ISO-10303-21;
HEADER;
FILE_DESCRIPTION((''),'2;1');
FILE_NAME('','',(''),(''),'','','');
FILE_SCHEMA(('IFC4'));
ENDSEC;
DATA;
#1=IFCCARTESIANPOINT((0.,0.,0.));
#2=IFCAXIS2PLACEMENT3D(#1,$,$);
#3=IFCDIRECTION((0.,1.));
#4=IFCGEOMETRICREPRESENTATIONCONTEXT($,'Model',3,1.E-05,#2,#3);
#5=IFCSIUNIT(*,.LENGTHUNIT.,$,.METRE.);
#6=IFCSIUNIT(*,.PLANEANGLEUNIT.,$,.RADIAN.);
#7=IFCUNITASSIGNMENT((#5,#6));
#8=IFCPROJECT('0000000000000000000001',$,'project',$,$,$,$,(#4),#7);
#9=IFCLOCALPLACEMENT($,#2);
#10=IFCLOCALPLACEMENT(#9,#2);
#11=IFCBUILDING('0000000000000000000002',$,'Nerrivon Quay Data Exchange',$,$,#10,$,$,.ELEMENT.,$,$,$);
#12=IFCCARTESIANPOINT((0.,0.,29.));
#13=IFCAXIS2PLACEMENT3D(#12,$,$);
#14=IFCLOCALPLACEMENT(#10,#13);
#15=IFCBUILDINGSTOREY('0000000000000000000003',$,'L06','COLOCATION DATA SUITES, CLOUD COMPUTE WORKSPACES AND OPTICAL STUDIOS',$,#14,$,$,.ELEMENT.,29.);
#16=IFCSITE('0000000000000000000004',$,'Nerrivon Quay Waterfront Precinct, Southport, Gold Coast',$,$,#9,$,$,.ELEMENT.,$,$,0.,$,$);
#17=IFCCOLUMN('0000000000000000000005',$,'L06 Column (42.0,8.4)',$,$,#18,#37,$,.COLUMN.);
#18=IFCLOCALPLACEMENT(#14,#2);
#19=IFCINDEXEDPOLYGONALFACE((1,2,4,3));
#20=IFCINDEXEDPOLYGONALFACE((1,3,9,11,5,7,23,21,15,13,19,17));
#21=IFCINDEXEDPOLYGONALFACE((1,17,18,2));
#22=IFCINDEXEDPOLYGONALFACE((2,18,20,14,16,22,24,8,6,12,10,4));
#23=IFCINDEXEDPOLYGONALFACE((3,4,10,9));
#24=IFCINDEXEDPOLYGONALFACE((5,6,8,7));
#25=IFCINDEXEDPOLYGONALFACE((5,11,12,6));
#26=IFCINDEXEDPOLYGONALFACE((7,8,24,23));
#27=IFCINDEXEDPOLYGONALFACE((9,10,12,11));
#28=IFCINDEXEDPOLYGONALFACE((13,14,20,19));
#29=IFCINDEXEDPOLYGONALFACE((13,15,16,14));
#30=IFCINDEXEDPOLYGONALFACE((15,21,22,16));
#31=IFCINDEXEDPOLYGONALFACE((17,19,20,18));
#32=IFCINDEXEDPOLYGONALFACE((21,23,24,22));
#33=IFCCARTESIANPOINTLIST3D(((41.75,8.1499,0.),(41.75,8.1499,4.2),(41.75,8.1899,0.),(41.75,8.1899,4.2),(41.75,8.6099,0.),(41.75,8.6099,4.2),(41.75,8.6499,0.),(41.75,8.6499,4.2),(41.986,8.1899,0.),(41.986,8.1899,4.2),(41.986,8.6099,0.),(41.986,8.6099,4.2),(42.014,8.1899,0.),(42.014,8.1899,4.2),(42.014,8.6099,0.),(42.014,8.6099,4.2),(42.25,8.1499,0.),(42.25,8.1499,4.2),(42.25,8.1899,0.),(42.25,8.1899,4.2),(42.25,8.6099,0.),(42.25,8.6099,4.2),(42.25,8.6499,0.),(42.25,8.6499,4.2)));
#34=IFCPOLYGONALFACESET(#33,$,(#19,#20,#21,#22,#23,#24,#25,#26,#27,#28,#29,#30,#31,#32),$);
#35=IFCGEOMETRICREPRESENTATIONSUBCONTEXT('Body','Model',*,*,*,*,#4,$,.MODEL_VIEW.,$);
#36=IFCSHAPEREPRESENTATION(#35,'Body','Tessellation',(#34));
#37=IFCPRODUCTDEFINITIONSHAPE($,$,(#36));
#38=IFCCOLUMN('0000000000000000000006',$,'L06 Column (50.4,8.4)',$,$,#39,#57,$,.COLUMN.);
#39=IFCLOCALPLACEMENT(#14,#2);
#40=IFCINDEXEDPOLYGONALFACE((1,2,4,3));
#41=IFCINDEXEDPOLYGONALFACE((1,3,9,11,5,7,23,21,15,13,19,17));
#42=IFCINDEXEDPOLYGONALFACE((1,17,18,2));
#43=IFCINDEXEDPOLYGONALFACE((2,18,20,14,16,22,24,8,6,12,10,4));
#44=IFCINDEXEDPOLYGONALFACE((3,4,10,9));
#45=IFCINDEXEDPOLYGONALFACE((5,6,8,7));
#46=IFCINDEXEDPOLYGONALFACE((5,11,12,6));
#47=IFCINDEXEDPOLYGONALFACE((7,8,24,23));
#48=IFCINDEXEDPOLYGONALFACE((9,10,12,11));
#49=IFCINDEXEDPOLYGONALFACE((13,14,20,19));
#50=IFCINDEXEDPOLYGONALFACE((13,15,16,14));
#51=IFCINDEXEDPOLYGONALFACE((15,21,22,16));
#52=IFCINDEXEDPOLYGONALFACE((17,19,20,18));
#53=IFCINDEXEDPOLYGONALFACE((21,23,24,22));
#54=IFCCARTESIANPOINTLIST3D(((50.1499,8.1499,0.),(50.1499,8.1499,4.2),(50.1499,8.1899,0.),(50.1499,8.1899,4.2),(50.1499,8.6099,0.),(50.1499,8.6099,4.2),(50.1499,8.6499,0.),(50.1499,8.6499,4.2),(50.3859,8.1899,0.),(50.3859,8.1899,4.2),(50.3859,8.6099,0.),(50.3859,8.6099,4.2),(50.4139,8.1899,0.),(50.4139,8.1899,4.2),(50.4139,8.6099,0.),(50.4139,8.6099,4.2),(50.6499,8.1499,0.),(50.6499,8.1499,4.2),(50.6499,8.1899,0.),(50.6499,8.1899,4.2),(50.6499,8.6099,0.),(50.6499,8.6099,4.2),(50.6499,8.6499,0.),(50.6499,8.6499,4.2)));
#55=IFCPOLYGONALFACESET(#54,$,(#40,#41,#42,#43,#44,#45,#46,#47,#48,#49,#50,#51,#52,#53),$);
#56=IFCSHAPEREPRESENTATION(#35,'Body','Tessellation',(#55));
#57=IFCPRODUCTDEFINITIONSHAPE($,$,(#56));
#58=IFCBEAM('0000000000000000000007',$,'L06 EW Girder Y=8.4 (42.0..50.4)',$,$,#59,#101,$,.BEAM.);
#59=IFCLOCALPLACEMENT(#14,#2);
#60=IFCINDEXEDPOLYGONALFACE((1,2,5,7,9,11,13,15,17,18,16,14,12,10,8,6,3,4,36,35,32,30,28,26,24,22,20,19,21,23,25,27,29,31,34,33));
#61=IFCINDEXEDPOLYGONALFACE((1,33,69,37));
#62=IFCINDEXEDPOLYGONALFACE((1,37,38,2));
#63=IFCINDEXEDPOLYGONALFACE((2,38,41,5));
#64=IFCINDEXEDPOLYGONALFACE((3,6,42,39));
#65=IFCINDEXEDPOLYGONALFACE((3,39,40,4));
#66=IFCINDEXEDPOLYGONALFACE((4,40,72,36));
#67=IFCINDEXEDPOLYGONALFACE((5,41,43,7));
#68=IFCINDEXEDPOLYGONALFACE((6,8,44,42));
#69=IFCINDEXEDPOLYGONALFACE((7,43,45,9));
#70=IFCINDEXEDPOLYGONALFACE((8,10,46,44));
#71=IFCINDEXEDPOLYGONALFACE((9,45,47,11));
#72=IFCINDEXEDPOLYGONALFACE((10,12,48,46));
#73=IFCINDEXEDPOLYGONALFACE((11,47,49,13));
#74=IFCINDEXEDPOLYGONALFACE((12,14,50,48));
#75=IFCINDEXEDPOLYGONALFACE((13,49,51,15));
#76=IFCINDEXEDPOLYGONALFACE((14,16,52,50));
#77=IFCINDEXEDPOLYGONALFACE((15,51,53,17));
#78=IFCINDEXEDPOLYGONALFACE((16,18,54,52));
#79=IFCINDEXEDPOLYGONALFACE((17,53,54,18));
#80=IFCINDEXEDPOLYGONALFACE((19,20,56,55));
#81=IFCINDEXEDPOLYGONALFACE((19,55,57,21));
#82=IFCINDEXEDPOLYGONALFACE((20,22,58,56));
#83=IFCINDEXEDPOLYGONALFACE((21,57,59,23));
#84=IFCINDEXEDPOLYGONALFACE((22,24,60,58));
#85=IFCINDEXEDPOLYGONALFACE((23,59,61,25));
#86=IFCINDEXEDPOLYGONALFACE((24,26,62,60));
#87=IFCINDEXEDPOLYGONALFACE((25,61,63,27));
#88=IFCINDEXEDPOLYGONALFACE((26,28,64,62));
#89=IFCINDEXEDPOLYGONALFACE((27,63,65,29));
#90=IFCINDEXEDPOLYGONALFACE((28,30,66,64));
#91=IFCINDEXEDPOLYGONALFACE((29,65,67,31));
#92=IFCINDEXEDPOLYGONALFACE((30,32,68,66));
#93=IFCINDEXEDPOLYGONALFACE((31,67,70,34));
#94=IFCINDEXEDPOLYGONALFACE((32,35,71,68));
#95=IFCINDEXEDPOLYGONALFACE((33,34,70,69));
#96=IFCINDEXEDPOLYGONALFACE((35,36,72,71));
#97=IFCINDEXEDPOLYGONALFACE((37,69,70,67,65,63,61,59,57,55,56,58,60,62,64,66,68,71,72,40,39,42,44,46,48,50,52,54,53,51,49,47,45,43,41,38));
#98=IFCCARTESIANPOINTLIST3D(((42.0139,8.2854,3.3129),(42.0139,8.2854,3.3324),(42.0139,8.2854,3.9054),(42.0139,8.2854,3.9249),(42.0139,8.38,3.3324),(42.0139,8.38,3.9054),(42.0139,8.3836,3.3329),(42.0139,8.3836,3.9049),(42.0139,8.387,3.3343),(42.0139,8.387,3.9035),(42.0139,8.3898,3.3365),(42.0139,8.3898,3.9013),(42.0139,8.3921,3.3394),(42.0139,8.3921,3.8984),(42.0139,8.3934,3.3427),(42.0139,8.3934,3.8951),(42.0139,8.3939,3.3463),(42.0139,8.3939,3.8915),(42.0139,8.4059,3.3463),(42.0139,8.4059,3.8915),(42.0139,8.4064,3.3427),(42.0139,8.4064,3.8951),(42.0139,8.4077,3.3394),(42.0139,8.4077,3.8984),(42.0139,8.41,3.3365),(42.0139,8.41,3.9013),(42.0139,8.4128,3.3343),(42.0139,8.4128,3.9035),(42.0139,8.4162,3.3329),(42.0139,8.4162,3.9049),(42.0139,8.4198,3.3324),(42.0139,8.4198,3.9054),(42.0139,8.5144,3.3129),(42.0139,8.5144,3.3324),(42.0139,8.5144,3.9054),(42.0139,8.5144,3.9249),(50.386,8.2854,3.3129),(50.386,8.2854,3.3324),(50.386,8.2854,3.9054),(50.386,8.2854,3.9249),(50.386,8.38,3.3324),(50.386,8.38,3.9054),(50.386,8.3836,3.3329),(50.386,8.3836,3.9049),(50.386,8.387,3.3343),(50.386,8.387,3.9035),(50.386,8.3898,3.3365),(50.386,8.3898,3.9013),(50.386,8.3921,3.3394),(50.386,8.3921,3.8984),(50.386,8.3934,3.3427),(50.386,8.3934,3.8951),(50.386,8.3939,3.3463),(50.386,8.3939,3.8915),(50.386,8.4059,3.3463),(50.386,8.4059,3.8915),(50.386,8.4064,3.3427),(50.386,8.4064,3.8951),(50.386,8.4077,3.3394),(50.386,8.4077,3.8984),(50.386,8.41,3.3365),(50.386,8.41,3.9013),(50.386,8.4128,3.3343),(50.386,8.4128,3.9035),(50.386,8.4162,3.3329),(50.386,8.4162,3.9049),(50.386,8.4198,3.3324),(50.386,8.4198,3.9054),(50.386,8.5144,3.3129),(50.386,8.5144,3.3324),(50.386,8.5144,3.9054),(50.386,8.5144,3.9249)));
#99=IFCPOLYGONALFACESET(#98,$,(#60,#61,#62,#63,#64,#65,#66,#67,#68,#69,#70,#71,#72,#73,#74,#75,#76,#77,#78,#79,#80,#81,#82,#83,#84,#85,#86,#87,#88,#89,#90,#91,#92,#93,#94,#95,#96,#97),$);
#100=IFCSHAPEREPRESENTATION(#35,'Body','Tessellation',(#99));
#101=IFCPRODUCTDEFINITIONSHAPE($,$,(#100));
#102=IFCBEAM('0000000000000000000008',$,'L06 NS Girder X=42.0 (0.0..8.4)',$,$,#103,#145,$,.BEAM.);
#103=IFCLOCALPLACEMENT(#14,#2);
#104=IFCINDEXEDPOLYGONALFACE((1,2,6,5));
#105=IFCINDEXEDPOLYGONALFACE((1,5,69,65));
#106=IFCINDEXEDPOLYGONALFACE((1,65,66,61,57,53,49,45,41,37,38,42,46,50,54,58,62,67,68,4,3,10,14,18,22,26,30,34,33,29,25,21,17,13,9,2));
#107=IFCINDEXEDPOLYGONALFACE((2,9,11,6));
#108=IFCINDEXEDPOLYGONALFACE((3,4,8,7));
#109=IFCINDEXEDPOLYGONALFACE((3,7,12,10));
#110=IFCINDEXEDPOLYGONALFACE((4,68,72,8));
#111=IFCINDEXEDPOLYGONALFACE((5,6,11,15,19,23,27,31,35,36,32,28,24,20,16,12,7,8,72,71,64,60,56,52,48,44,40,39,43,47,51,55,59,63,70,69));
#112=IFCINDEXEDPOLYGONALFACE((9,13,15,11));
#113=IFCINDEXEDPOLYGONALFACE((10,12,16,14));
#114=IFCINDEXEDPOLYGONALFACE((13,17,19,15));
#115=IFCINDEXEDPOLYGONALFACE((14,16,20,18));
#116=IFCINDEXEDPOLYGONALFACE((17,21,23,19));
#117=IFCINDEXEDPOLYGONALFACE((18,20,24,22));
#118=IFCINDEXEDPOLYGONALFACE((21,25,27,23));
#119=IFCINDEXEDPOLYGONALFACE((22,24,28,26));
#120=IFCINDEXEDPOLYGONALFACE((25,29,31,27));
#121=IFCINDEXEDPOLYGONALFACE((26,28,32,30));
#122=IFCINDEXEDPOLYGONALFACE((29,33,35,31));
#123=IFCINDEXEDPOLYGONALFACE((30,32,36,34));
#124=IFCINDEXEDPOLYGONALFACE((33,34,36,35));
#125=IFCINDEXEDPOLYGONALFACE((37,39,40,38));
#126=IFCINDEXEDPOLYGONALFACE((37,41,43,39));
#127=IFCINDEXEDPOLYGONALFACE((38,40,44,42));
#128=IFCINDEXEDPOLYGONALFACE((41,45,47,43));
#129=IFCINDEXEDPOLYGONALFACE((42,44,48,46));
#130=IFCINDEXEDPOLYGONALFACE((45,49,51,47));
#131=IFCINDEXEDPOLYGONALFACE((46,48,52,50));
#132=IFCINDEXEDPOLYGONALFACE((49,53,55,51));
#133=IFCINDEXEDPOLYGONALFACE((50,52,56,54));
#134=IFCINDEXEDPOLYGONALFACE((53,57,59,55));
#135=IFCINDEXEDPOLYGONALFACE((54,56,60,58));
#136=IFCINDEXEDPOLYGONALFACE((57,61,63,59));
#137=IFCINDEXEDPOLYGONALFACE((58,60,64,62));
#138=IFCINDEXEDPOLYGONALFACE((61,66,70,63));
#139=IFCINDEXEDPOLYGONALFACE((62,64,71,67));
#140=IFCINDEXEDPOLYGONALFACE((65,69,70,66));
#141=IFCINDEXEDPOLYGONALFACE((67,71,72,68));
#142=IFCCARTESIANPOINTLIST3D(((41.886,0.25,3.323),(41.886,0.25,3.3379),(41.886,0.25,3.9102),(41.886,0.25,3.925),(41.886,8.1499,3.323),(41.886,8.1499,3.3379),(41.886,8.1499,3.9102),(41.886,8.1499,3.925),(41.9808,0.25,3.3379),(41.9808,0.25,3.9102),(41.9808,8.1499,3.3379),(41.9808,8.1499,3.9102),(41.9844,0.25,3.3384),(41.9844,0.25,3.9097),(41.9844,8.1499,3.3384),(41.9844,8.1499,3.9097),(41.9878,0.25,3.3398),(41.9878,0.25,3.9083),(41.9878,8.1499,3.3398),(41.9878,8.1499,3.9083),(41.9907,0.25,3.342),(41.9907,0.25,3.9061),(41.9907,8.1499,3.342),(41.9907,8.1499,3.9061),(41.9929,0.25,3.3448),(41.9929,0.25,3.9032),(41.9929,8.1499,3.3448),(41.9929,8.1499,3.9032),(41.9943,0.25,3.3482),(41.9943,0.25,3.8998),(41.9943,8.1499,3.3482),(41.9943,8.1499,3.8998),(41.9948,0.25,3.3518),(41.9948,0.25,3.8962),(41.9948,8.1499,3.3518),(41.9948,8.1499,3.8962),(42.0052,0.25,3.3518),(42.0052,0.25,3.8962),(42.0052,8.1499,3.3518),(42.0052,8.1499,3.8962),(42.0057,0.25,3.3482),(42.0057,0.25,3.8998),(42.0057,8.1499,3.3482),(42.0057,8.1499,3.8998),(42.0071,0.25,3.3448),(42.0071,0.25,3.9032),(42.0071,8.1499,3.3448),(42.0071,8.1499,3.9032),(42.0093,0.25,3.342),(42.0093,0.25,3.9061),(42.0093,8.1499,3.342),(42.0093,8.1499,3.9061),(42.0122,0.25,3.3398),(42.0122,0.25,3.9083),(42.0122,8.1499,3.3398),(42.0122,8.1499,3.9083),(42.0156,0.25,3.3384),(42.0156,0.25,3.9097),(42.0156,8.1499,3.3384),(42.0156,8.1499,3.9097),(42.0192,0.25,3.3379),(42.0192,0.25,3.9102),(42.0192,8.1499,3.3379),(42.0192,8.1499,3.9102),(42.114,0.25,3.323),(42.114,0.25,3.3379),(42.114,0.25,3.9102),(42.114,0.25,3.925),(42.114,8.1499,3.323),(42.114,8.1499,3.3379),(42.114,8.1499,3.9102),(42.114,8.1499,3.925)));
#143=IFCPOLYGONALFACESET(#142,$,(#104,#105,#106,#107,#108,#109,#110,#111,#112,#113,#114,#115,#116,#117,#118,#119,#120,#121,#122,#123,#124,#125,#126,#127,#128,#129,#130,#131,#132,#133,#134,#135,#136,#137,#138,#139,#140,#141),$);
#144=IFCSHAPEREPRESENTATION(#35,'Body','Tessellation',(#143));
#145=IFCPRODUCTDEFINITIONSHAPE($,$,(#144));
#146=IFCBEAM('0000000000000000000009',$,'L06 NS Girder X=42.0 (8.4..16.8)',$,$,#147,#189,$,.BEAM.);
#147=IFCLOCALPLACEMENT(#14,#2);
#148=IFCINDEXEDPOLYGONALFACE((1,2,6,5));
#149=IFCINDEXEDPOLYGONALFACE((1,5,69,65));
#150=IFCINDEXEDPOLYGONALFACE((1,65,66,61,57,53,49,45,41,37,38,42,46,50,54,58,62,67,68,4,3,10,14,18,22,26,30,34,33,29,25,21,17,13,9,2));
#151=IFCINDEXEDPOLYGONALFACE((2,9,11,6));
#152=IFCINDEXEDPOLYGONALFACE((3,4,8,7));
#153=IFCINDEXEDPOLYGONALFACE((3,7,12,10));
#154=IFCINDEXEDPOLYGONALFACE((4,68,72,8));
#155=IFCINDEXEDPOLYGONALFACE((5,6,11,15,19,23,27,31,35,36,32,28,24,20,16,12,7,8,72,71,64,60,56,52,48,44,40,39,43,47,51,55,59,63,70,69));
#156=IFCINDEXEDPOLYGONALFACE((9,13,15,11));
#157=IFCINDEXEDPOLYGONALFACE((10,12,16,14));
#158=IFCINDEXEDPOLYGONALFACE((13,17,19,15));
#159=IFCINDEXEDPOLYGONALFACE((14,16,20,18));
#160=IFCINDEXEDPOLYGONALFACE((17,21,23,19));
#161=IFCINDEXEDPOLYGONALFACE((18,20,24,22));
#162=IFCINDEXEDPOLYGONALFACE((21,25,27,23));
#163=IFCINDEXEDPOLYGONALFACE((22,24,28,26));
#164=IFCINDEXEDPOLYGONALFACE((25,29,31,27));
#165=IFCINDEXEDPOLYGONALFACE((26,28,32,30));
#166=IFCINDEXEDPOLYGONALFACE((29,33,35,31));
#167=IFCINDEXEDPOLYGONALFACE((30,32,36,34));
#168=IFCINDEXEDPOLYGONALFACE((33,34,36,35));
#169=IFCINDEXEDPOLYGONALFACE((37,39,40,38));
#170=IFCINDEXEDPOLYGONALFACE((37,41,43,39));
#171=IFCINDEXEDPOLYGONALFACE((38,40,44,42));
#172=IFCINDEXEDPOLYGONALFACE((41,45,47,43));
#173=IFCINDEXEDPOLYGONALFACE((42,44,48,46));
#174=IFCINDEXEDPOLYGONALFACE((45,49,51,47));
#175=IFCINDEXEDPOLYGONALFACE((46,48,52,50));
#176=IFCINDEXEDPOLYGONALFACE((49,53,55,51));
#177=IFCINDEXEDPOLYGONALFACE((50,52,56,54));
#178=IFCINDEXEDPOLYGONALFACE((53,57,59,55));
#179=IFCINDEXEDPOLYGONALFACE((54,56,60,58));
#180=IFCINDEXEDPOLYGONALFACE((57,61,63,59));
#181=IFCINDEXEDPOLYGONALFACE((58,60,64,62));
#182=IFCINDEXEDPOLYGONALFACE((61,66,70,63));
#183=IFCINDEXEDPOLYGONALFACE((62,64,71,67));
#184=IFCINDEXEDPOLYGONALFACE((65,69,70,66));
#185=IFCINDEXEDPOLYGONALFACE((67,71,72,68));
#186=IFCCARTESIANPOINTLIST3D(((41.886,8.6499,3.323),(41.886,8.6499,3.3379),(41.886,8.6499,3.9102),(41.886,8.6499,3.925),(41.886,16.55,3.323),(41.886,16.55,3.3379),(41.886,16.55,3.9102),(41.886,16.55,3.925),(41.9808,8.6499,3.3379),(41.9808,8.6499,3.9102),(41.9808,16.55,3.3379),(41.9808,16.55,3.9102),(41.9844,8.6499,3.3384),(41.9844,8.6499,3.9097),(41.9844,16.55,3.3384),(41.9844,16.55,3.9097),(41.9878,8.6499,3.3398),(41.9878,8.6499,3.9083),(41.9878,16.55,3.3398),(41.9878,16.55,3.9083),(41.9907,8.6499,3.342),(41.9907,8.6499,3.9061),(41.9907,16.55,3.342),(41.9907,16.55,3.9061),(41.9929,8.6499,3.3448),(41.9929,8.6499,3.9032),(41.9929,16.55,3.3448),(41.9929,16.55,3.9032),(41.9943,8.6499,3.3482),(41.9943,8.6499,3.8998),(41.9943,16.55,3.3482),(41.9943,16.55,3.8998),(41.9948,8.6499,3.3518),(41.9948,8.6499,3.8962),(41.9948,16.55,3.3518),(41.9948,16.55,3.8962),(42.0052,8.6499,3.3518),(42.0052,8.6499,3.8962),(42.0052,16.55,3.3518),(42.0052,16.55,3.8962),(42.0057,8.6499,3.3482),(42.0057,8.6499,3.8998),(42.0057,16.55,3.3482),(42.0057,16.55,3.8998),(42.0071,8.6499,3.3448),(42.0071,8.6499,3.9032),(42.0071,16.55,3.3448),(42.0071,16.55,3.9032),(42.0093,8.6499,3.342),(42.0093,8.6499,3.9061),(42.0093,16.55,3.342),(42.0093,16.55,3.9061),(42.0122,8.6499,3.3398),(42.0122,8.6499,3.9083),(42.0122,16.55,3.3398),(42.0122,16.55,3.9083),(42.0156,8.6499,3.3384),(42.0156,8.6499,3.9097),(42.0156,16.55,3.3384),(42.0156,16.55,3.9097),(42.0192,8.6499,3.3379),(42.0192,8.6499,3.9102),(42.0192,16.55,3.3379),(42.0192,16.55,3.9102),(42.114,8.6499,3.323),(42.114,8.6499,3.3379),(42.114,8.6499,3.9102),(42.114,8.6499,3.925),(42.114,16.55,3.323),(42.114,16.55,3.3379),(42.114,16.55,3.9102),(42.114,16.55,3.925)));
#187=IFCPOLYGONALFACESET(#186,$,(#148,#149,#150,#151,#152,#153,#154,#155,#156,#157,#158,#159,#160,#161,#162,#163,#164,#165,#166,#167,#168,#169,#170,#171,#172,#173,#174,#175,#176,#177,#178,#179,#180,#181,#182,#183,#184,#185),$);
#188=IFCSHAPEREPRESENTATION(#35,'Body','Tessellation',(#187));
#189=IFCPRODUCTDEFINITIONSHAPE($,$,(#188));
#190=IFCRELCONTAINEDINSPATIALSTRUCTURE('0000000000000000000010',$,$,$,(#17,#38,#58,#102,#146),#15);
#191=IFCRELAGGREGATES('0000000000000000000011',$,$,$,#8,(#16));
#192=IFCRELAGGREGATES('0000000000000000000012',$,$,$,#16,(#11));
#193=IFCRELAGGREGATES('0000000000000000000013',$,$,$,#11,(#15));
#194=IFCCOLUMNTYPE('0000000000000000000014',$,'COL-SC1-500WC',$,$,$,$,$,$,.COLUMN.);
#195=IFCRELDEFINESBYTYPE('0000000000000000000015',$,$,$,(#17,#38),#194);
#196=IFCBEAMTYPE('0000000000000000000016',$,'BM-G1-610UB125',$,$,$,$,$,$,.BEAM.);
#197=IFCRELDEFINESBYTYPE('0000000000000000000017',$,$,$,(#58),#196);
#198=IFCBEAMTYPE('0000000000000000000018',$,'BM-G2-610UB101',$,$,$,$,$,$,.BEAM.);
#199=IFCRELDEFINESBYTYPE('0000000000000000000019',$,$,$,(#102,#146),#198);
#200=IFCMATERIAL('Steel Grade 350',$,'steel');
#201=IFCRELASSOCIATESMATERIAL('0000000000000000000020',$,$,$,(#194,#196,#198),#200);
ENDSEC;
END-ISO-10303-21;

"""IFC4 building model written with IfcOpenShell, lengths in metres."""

from ifc_helpers import new_model, si_unit, direction, frame, origin, origin_2d, place, context, subcontext, project, spatial, i_section, extrude, material, material_profile, profile_set, type_object, element, save


model = new_model("IFC4")

# Units and contexts
model_context = context("Model", 3, precision=1e-05, world=origin(), true_north=direction((0.0, 1.0)))
body_context = subcontext(model_context, "Body", "Model", "MODEL_VIEW")
ifc_project = project(units=[si_unit("LENGTHUNIT", "METRE"), si_unit("PLANEANGLEUNIT", "RADIAN")], contexts=[model_context])

# Site, building, storey
site_placement = place(None, origin())
site = spatial("IfcSite", under=ifc_project, at=site_placement, Name="Nerrivon Quay Waterfront Precinct, Southport, Gold Coast", CompositionType="ELEMENT", RefElevation=0.0)
building_placement = place(site_placement, origin())
building = spatial("IfcBuilding", under=site, at=building_placement, Name="Nerrivon Quay Data Exchange", CompositionType="ELEMENT")
storey_placement = place(building_placement, frame((0.0, 0.0, 29.0)))
storey = spatial("IfcBuildingStorey", under=building, at=storey_placement, Name="L06", Description="COLOCATION DATA SUITES, CLOUD COMPUTE WORKSPACES AND OPTICAL STUDIOS", CompositionType="ELEMENT", Elevation=29.0)

# Columns
ifc_material_1 = material(Name="Steel Grade 350", Category="steel")
ifc_material_profile_1 = material_profile(ifc_material_1, i_section(OverallWidth=0.5, OverallDepth=0.5, WebThickness=0.0281, FlangeThickness=0.04, at=origin_2d()), Name="500WC440")
ifc_profile_set_1 = profile_set([ifc_material_profile_1], Name="Steel Grade 350")
column_type = type_object("IfcColumnType", Name="COL-SC1-500WC", PredefinedType="COLUMN", material=ifc_profile_set_1)
for number, where, z_axis, x_axis, name in (
    (1, (42.0, 8.3999, 0.0), (0.0, 0.0, 1.0), (1.0, 0.0, 0.0), "L06 Column (42.0,8.4)"),
    (2, (50.3999, 8.3999, 0.0), (0.0, 0.0, 1.0), (1.0, 0.0, 0.0), "L06 Column (50.4,8.4)"),
):
    element("IfcColumn", number, at=place(storey_placement, frame(where, z_axis=z_axis, x_axis=x_axis)), inside=storey, type_object=column_type, Name=name, PredefinedType="COLUMN", context=body_context, shape_type="SweptSolid", body=[
        extrude(i_section(OverallWidth=0.5, OverallDepth=0.5, WebThickness=0.0281, FlangeThickness=0.04, at=origin_2d()), origin(), (0.0, 0.0, 1.0), 4.2),
    ])

# Beams
ifc_material_profile_2 = material_profile(ifc_material_1, i_section(OverallWidth=0.229, OverallDepth=0.6121, WebThickness=0.012, FlangeThickness=0.0195, FilletRadius=0.0139, at=origin_2d()), Name="610UB125")
ifc_profile_set_2 = profile_set([ifc_material_profile_2], Name="Steel Grade 350")
beam_type_1 = type_object("IfcBeamType", Name="BM-G1-610UB125", PredefinedType="BEAM", material=ifc_profile_set_2)
beam_1_placement = place(storey_placement, frame((42.0139, 8.3999, 3.6189), z_axis=(1.0, 0.0, 0.0), x_axis=(0.0, 1.0, 0.0)))
element("IfcBeam", 3, at=beam_1_placement, inside=storey, type_object=beam_type_1, Name="L06 EW Girder Y=8.4 (42.0..50.4)", PredefinedType="BEAM", context=body_context, shape_type="SweptSolid", body=[
    extrude(i_section(OverallWidth=0.229, OverallDepth=0.6121, WebThickness=0.012, FlangeThickness=0.0195, FilletRadius=0.0139, at=origin_2d()), origin(), (0.0, 0.0, 1.0), 8.3721),
])
ifc_material_profile_3 = material_profile(ifc_material_1, i_section(OverallWidth=0.228, OverallDepth=0.6021, WebThickness=0.0105, FlangeThickness=0.0149, FilletRadius=0.0139, at=origin_2d()), Name="610UB101")
ifc_profile_set_3 = profile_set([ifc_material_profile_3], Name="Steel Grade 350")
beam_type_2 = type_object("IfcBeamType", Name="BM-G2-610UB101", PredefinedType="BEAM", material=ifc_profile_set_3)
beam_2_placement = place(storey_placement, frame((42.0, 0.25, 3.624), z_axis=(0.0, 1.0, 0.0), x_axis=(-1.0, 0.0, 0.0)))
element("IfcBeam", 4, at=beam_2_placement, inside=storey, type_object=beam_type_2, Name="L06 NS Girder X=42.0 (0.0..8.4)", PredefinedType="BEAM", context=body_context, shape_type="SweptSolid", body=[
    extrude(i_section(OverallWidth=0.228, OverallDepth=0.6021, WebThickness=0.0105, FlangeThickness=0.0149, FilletRadius=0.0139, at=origin_2d()), origin(), (0.0, 0.0, 1.0), 7.8999),
])
beam_3_placement = place(storey_placement, frame((42.0, 8.6499, 3.624), z_axis=(0.0, 1.0, 0.0), x_axis=(-1.0, 0.0, 0.0)))
element("IfcBeam", 5, at=beam_3_placement, inside=storey, type_object=beam_type_2, Name="L06 NS Girder X=42.0 (8.4..16.8)", PredefinedType="BEAM", context=body_context, shape_type="SweptSolid", body=[
    extrude(i_section(OverallWidth=0.228, OverallDepth=0.6021, WebThickness=0.0105, FlangeThickness=0.0149, FilletRadius=0.0139, at=origin_2d()), origin(), (0.0, 0.0, 1.0), 7.9001),
])

save(model, "model.ifc")
